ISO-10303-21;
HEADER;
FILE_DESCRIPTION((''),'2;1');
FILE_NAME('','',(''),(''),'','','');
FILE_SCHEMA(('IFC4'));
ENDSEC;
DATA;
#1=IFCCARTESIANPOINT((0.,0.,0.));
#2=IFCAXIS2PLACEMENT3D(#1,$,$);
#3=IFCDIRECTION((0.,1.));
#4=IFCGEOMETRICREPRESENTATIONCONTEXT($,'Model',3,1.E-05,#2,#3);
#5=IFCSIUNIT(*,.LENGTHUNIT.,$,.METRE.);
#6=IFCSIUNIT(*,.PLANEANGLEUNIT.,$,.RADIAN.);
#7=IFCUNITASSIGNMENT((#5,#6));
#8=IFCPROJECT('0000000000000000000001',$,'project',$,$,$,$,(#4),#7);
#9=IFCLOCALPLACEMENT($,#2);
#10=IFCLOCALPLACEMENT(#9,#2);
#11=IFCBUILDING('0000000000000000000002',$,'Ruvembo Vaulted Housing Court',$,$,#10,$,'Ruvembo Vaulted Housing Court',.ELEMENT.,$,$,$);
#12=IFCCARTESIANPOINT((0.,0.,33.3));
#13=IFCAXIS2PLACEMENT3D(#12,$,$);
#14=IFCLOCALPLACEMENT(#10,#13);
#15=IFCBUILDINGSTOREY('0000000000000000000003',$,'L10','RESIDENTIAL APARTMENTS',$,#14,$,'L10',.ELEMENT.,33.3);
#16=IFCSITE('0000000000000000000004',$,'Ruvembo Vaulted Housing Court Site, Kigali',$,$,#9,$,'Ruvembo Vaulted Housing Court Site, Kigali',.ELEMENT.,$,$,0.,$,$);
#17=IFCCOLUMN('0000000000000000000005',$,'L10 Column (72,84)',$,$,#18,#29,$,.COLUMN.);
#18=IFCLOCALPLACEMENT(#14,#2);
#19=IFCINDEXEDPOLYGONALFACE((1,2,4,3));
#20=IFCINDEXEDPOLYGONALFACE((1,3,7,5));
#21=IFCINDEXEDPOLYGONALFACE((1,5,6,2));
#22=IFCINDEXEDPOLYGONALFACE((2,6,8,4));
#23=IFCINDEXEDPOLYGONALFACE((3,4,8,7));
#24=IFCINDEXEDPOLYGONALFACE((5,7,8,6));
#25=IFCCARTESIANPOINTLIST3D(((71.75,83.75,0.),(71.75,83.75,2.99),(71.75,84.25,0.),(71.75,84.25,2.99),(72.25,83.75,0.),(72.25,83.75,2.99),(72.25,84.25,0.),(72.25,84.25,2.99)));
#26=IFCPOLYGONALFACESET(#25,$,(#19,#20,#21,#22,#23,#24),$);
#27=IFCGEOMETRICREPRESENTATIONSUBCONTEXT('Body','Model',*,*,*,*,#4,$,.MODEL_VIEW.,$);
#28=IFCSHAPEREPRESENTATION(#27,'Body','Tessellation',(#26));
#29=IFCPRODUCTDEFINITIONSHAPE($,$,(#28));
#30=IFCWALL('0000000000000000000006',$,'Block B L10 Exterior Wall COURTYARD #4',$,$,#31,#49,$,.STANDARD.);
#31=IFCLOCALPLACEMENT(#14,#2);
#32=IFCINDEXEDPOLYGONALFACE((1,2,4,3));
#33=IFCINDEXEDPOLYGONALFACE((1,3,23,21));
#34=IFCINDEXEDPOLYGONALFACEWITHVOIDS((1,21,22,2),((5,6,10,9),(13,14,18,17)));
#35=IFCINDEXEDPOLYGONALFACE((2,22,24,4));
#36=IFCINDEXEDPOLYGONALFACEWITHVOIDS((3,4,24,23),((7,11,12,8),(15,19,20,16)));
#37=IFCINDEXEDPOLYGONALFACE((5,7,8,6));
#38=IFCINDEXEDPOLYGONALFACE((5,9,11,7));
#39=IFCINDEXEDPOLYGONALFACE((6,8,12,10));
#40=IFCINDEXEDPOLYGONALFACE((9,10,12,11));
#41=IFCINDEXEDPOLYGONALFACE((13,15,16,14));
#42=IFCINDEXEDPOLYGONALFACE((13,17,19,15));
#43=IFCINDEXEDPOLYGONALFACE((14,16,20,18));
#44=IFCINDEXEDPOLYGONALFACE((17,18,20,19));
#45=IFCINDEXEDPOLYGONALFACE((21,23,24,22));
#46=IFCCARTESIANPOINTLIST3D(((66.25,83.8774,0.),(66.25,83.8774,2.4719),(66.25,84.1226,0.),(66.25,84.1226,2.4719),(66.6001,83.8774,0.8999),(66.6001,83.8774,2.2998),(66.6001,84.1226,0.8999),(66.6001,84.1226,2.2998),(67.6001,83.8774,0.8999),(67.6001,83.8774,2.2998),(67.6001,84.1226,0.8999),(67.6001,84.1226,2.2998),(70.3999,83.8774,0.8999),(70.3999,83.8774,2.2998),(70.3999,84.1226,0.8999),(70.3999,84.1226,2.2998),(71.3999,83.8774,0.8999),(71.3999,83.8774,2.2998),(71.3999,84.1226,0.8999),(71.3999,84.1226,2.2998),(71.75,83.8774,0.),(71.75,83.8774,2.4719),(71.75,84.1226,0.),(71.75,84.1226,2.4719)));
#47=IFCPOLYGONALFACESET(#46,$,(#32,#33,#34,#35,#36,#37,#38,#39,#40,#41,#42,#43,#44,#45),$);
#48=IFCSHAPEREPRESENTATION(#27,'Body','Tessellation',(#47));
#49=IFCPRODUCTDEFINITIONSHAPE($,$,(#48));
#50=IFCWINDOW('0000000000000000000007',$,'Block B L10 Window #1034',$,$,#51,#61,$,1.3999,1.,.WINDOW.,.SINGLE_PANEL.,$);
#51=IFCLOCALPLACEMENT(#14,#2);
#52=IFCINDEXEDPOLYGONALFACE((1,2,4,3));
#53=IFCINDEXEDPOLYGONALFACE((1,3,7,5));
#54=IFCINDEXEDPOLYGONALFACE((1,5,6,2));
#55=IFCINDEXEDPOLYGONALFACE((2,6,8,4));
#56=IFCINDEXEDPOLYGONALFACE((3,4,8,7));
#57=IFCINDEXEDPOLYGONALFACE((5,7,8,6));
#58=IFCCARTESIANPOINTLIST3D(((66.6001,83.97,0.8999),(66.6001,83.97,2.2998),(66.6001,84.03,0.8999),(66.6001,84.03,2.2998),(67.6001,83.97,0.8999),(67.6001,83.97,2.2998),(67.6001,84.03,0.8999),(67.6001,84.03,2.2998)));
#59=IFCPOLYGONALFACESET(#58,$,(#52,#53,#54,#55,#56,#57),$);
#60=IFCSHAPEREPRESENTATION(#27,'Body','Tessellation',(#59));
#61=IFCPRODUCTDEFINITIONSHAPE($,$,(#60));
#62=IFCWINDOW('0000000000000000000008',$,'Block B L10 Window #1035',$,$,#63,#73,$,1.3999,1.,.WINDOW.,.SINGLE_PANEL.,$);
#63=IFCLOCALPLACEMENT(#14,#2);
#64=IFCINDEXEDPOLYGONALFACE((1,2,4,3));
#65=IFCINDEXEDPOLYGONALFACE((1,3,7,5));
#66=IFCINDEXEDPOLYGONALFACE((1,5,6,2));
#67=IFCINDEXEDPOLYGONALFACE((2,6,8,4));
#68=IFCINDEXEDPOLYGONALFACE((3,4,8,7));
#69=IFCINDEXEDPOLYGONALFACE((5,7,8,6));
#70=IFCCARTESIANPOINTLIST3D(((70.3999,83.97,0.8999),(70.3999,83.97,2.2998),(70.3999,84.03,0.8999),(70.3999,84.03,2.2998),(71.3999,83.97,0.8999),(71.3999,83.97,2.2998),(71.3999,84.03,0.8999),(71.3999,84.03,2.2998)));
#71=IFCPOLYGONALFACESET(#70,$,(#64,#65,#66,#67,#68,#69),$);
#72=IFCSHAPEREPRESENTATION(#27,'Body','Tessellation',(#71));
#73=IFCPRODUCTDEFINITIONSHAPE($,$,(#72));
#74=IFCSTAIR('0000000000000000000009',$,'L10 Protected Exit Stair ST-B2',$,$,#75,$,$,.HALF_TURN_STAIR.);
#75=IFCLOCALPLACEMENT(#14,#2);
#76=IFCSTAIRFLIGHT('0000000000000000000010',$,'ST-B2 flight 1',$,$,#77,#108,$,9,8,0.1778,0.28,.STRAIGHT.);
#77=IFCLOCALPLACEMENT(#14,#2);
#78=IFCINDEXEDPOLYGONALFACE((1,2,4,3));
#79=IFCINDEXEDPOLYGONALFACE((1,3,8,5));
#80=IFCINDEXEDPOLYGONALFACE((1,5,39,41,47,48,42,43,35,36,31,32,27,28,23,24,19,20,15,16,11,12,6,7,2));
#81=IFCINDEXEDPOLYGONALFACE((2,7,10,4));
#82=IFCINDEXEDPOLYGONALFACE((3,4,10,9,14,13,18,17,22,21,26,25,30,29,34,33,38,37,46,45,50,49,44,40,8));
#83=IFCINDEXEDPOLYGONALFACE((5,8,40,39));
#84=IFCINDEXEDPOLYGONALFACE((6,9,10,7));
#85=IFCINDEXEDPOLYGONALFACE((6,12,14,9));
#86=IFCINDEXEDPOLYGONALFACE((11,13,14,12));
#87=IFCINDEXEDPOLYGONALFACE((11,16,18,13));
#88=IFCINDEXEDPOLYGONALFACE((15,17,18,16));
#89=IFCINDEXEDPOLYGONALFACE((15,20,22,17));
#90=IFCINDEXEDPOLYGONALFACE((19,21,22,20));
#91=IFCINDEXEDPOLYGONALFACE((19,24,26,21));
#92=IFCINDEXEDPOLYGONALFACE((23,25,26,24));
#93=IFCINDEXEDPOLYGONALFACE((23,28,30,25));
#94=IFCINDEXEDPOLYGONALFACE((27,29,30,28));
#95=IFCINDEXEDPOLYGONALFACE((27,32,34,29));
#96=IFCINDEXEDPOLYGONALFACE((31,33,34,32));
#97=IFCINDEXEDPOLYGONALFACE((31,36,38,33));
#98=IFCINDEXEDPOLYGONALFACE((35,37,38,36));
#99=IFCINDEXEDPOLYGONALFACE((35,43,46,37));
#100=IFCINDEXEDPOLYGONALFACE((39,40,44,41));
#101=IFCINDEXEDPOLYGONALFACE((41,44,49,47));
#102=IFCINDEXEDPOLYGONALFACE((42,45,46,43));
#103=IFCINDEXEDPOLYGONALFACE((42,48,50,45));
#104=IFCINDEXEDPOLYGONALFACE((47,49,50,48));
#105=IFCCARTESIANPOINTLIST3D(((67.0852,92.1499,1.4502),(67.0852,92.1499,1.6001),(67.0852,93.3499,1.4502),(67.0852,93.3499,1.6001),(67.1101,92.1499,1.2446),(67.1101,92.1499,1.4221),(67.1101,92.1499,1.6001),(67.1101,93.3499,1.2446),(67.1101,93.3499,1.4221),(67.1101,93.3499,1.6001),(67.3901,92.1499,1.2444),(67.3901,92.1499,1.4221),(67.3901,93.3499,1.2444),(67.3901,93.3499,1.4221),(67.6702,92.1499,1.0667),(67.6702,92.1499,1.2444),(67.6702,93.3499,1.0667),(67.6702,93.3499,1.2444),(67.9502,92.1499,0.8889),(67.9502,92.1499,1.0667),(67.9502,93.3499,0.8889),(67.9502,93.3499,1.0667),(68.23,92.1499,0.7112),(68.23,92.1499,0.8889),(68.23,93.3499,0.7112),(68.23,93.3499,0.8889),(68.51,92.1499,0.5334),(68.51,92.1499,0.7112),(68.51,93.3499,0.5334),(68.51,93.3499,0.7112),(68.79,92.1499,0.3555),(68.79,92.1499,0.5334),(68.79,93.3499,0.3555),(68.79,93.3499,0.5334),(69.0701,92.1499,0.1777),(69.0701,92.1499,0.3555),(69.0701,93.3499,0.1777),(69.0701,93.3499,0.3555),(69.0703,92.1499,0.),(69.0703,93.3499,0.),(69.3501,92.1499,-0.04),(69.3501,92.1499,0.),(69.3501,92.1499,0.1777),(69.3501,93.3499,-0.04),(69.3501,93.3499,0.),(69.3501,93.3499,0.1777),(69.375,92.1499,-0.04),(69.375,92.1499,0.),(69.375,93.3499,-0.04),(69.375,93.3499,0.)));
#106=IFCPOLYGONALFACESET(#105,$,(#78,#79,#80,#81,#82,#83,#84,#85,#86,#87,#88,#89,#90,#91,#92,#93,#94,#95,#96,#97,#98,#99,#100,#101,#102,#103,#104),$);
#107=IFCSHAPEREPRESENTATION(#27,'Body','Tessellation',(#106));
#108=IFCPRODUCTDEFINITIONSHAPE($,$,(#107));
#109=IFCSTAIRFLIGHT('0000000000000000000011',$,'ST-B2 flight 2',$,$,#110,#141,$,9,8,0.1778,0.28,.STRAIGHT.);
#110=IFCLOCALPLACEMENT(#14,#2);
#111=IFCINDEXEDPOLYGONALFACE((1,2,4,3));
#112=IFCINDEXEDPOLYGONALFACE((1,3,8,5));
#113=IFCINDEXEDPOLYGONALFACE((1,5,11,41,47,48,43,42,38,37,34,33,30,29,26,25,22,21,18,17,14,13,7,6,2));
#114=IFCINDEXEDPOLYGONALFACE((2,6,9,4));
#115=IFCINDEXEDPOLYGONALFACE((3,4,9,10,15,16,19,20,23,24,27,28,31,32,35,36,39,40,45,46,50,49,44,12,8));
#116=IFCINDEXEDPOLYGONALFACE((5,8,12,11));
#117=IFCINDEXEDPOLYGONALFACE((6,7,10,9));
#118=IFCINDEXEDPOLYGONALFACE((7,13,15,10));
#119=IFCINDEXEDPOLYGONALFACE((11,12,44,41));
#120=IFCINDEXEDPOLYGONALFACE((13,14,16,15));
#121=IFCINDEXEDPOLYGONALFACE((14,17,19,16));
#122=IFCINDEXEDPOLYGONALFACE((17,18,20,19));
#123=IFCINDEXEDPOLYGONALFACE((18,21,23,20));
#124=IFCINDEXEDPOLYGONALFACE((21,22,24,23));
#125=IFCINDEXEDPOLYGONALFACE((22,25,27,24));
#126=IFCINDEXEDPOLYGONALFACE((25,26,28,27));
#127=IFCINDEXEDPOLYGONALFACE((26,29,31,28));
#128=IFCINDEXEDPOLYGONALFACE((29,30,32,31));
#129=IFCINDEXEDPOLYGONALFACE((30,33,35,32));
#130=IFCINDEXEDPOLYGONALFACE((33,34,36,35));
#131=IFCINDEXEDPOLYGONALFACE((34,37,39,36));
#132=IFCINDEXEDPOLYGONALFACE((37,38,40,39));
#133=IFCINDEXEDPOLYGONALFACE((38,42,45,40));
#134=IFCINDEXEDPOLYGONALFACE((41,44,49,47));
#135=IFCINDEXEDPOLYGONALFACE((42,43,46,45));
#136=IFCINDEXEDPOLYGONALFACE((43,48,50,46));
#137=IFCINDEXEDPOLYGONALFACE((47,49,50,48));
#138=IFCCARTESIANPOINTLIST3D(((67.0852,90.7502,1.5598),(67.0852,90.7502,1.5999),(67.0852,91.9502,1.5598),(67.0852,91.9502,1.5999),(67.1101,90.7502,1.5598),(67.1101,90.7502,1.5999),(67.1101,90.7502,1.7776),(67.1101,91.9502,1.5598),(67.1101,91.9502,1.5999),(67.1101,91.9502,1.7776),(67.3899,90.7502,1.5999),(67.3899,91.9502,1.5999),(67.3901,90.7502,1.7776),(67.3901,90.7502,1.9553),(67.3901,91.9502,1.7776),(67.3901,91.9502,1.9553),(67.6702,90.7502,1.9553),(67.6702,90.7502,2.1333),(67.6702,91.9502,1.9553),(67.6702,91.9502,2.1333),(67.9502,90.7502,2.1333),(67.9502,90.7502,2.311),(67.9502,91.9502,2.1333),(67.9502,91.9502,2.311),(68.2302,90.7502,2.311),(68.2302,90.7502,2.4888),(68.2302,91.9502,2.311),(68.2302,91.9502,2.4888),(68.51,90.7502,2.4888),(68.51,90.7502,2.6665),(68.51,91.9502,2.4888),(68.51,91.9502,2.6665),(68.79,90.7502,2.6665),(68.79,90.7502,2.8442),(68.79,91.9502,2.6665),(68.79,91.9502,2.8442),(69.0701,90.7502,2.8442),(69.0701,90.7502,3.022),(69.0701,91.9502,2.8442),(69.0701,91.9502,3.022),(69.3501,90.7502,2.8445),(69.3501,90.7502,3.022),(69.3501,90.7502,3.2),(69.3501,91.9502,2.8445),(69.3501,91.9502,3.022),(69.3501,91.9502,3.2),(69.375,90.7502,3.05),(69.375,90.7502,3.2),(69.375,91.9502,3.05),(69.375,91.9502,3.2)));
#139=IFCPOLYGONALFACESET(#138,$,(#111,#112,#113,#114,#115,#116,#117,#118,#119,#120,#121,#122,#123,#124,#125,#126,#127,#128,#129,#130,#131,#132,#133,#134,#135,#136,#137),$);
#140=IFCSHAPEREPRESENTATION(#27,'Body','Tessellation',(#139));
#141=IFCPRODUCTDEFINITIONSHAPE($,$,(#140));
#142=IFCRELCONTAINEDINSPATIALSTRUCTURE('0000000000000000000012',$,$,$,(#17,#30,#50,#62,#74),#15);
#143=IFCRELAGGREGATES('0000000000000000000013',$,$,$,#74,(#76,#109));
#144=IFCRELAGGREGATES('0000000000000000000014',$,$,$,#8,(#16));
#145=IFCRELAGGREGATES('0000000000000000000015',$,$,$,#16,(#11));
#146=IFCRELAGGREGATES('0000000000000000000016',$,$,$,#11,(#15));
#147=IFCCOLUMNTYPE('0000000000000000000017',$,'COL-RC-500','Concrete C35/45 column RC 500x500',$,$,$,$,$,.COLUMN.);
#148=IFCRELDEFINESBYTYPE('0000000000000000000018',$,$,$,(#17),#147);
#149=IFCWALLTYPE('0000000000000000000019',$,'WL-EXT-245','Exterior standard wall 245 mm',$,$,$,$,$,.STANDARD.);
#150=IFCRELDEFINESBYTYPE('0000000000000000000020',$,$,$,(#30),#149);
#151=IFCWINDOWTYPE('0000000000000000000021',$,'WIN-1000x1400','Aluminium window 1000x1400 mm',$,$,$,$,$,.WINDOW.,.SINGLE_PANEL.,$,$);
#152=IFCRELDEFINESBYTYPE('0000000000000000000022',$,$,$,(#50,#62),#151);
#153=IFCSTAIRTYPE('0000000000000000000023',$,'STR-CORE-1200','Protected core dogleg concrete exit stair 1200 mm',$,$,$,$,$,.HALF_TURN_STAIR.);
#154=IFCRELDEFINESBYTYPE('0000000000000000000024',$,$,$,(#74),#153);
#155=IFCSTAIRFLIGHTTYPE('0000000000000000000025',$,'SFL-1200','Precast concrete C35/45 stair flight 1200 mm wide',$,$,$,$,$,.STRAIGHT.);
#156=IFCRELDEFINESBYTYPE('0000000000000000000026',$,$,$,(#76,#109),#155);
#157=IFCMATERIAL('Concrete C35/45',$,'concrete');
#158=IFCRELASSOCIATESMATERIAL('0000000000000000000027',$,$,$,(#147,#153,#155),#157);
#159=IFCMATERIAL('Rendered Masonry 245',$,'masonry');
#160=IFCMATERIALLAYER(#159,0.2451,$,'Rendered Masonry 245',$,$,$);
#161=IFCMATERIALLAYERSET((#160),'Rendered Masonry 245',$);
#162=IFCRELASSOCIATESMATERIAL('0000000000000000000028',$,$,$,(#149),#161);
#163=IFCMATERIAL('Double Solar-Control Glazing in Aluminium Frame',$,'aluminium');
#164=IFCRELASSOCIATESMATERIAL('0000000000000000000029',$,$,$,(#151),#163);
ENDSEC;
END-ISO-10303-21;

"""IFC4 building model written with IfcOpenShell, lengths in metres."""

from ifc_helpers import new_model, si_unit, direction, frame, frame_2d, origin, origin_2d, place, context, subcontext, project, spatial, polyline, rectangle, outline, extrude, material, layer, layer_set, material_profile, profile_set, type_object, element, fill, aggregate, save


model = new_model("IFC4")

# Units and contexts
model_context = context("Model", 3, precision=1e-05, world=origin(), true_north=direction((0.0, 1.0)))
body_context = subcontext(model_context, "Body", "Model", "MODEL_VIEW")
ifc_project = project(units=[si_unit("LENGTHUNIT", "METRE"), si_unit("PLANEANGLEUNIT", "RADIAN")], contexts=[model_context])

# Site, building, storey
site_placement = place(None, origin())
site = spatial("IfcSite", under=ifc_project, at=site_placement, Name="Ruvembo Vaulted Housing Court Site, Kigali", LongName="Ruvembo Vaulted Housing Court Site, Kigali", CompositionType="ELEMENT", RefElevation=0.0)
building_placement = place(site_placement, origin())
building = spatial("IfcBuilding", under=site, at=building_placement, Name="Ruvembo Vaulted Housing Court", LongName="Ruvembo Vaulted Housing Court", CompositionType="ELEMENT")
storey_placement = place(building_placement, frame((0.0, 0.0, 33.3)))
storey = spatial("IfcBuildingStorey", under=building, at=storey_placement, Name="L10", Description="RESIDENTIAL APARTMENTS", LongName="L10", CompositionType="ELEMENT", Elevation=33.3)

# Column
ifc_material_1 = material(Name="Concrete C35/45", Category="concrete")
ifc_material_profile = material_profile(ifc_material_1, rectangle(XDim=0.5, YDim=0.5, at=origin_2d()), Name="RC 500x500")
ifc_profile_set = profile_set([ifc_material_profile], Name="Concrete C35/45")
column_type = type_object("IfcColumnType", Name="COL-RC-500", Description="Concrete C35/45 column RC 500x500", PredefinedType="COLUMN", material=ifc_profile_set)
column_placement = place(storey_placement, frame((72.0, 84.0, 0.0), z_axis=(0.0, 0.0, 1.0), x_axis=(1.0, 0.0, 0.0)))
element("IfcColumn", 1, at=column_placement, inside=storey, type_object=column_type, Name="L10 Column (72,84)", PredefinedType="COLUMN", context=body_context, shape_type="SweptSolid", body=[
    extrude(rectangle(XDim=0.5, YDim=0.5, at=origin_2d()), origin(), (0.0, 0.0, 1.0), 2.99),
])

# Wall, openings, windows
ifc_material_2 = material(Name="Rendered Masonry 245", Category="masonry")
ifc_layer_1 = layer(ifc_material_2, 0.2451, Name="Rendered Masonry 245")
ifc_layer_set_1 = layer_set([ifc_layer_1], Name="Rendered Masonry 245")
wall_type_1 = type_object("IfcWallType", Name="WL-EXT-245", Description="Exterior standard wall 245 mm", PredefinedType="STANDARD", material=ifc_layer_set_1)
wall_1_placement = place(storey_placement, frame((66.25, 84.0, 0.0), z_axis=(0.0, 0.0, 1.0), x_axis=(1.0, 0.0, 0.0)))
wall_1 = element("IfcWall", 2, at=wall_1_placement, inside=storey, type_object=wall_type_1, Name="Block B L10 Exterior Wall COURTYARD #4", PredefinedType="STANDARD", context=body_context, shape_type="SweptSolid", body=[
    extrude(rectangle(XDim=5.5, YDim=0.2451, at=frame_2d((2.75, 0.0))), origin(), (0.0, 0.0, 1.0), 2.4719),
])
opening_1_placement = place(wall_1_placement, frame((0.3501, 0.0, 0.8999)))
opening_1 = element("IfcOpeningElement", 3, at=opening_1_placement, cuts=wall_1, PredefinedType="OPENING", context=body_context, shape_type="SweptSolid", body=[
    extrude(rectangle(XDim=1.0, YDim=1.3999, at=frame_2d((0.5, 0.7))), frame((0.0, 0.1326, 0.0), z_axis=(0.0, -1.0, 0.0), x_axis=(1.0, 0.0, 0.0)), (0.0, 0.0, 1.0), 0.2651),
])
opening_2_placement = place(wall_1_placement, frame((4.1499, 0.0, 0.8999)))
opening_2 = element("IfcOpeningElement", 4, at=opening_2_placement, cuts=wall_1, PredefinedType="OPENING", context=body_context, shape_type="SweptSolid", body=[
    extrude(rectangle(XDim=1.0, YDim=1.3999, at=frame_2d((0.5, 0.7))), frame((0.0, 0.1326, 0.0), z_axis=(0.0, -1.0, 0.0), x_axis=(1.0, 0.0, 0.0)), (0.0, 0.0, 1.0), 0.2651),
])
ifc_material_3 = material(Name="Double Solar-Control Glazing in Aluminium Frame", Category="aluminium")
window_type = type_object("IfcWindowType", Name="WIN-1000x1400", Description="Aluminium window 1000x1400 mm", PartitioningType="SINGLE_PANEL", PredefinedType="WINDOW", material=ifc_material_3)
window_1_placement = place(opening_1_placement, origin())
window_1 = element("IfcWindow", 5, at=window_1_placement, inside=storey, type_object=window_type, Name="Block B L10 Window #1034", OverallHeight=1.3999, OverallWidth=1.0, PartitioningType="SINGLE_PANEL", PredefinedType="WINDOW", context=body_context, shape_type="SweptSolid", body=[
    extrude(rectangle(XDim=1.0, YDim=1.3999, at=frame_2d((0.5, 0.7))), frame((0.0, 0.03, 0.0), z_axis=(0.0, -1.0, 0.0), x_axis=(1.0, 0.0, 0.0)), (0.0, 0.0, 1.0), 0.0601),
])
fill(opening_1, window_1)
window_2_placement = place(opening_2_placement, origin())
window_2 = element("IfcWindow", 6, at=window_2_placement, inside=storey, type_object=window_type, Name="Block B L10 Window #1035", OverallHeight=1.3999, OverallWidth=1.0, PartitioningType="SINGLE_PANEL", PredefinedType="WINDOW", context=body_context, shape_type="SweptSolid", body=[
    extrude(rectangle(XDim=1.0, YDim=1.3999, at=frame_2d((0.5, 0.7))), frame((0.0, 0.03, 0.0), z_axis=(0.0, -1.0, 0.0), x_axis=(1.0, 0.0, 0.0)), (0.0, 0.0, 1.0), 0.0601),
])
fill(opening_2, window_2)

# Stair, stair flights
stair_type = type_object("IfcStairType", Name="STR-CORE-1200", Description="Protected core dogleg concrete exit stair 1200 mm", PredefinedType="HALF_TURN_STAIR", material=ifc_material_1)
stair_placement = place(storey_placement, origin())
stair = element("IfcStair", 7, at=stair_placement, inside=storey, type_object=stair_type, Name="L10 Protected Exit Stair ST-B2", PredefinedType="HALF_TURN_STAIR")
stair_flight_type = type_object("IfcStairFlightType", Name="SFL-1200", Description="Precast concrete C35/45 stair flight 1200 mm wide", PredefinedType="STRAIGHT", material=ifc_material_1)
stair_flight_1_placement = place(storey_placement, frame((69.3501, 92.75, 0.0), z_axis=(0.0, 0.0, 1.0), x_axis=(-1.0, 0.0, 0.0)))
stair_flight_1 = element("IfcStairFlight", 8, at=stair_flight_1_placement, type_object=stair_flight_type, Name="ST-B2 flight 1", NumberOfRisers=9, NumberOfTreads=8, PredefinedType="STRAIGHT", RiserHeight=0.1778, TreadLength=0.28, context=body_context, shape_type="SweptSolid", body=[
    extrude(outline(polyline([(-0.0249, -0.04), (-0.0249, 0.0), (0.0, 0.0), (0.0, 0.1777), (0.28, 0.1777), (0.28, 0.3555), (0.5601, 0.3555), (0.5601, 0.5334), (0.8401, 0.5334), (0.8401, 0.7112), (1.1201, 0.7112), (1.1201, 0.8889), (1.3999, 0.8889), (1.3999, 1.0667), (1.6799, 1.0667), (1.6799, 1.2444), (1.96, 1.2444), (1.96, 1.4221), (2.24, 1.4221), (2.24, 1.6001), (2.2649, 1.6001), (2.2649, 1.4502), (2.24, 1.2446), (0.2798, 0.0), (0.0, -0.04), (-0.0249, -0.04)])), frame((0.0, 0.6001, 0.0), z_axis=(0.0, -1.0, 0.0), x_axis=(1.0, 0.0, 0.0)), (0.0, 0.0, 1.0), 1.2),
])
stair_flight_2_placement = place(storey_placement, frame((67.1101, 91.3501, 1.5999), z_axis=(0.0, 0.0, 1.0), x_axis=(1.0, 0.0, 0.0)))
stair_flight_2 = element("IfcStairFlight", 9, at=stair_flight_2_placement, type_object=stair_flight_type, Name="ST-B2 flight 2", NumberOfRisers=9, NumberOfTreads=8, PredefinedType="STRAIGHT", RiserHeight=0.1778, TreadLength=0.28, context=body_context, shape_type="SweptSolid", body=[
    extrude(outline(polyline([(-0.0249, -0.04), (-0.0249, 0.0), (0.0, 0.0), (0.0, 0.1777), (0.28, 0.1777), (0.28, 0.3555), (0.5601, 0.3555), (0.5601, 0.5334), (0.8401, 0.5334), (0.8401, 0.7112), (1.1201, 0.7112), (1.1201, 0.8889), (1.3999, 0.8889), (1.3999, 1.0667), (1.6799, 1.0667), (1.6799, 1.2444), (1.96, 1.2444), (1.96, 1.4221), (2.24, 1.4221), (2.24, 1.6001), (2.2649, 1.6001), (2.2649, 1.4502), (2.24, 1.2446), (0.2798, 0.0), (0.0, -0.04), (-0.0249, -0.04)])), frame((0.0, 0.6001, 0.0), z_axis=(0.0, -1.0, 0.0), x_axis=(1.0, 0.0, 0.0)), (0.0, 0.0, 1.0), 1.2),
])
aggregate(stair, [stair_flight_1, stair_flight_2])

save(model, "model.ifc")
